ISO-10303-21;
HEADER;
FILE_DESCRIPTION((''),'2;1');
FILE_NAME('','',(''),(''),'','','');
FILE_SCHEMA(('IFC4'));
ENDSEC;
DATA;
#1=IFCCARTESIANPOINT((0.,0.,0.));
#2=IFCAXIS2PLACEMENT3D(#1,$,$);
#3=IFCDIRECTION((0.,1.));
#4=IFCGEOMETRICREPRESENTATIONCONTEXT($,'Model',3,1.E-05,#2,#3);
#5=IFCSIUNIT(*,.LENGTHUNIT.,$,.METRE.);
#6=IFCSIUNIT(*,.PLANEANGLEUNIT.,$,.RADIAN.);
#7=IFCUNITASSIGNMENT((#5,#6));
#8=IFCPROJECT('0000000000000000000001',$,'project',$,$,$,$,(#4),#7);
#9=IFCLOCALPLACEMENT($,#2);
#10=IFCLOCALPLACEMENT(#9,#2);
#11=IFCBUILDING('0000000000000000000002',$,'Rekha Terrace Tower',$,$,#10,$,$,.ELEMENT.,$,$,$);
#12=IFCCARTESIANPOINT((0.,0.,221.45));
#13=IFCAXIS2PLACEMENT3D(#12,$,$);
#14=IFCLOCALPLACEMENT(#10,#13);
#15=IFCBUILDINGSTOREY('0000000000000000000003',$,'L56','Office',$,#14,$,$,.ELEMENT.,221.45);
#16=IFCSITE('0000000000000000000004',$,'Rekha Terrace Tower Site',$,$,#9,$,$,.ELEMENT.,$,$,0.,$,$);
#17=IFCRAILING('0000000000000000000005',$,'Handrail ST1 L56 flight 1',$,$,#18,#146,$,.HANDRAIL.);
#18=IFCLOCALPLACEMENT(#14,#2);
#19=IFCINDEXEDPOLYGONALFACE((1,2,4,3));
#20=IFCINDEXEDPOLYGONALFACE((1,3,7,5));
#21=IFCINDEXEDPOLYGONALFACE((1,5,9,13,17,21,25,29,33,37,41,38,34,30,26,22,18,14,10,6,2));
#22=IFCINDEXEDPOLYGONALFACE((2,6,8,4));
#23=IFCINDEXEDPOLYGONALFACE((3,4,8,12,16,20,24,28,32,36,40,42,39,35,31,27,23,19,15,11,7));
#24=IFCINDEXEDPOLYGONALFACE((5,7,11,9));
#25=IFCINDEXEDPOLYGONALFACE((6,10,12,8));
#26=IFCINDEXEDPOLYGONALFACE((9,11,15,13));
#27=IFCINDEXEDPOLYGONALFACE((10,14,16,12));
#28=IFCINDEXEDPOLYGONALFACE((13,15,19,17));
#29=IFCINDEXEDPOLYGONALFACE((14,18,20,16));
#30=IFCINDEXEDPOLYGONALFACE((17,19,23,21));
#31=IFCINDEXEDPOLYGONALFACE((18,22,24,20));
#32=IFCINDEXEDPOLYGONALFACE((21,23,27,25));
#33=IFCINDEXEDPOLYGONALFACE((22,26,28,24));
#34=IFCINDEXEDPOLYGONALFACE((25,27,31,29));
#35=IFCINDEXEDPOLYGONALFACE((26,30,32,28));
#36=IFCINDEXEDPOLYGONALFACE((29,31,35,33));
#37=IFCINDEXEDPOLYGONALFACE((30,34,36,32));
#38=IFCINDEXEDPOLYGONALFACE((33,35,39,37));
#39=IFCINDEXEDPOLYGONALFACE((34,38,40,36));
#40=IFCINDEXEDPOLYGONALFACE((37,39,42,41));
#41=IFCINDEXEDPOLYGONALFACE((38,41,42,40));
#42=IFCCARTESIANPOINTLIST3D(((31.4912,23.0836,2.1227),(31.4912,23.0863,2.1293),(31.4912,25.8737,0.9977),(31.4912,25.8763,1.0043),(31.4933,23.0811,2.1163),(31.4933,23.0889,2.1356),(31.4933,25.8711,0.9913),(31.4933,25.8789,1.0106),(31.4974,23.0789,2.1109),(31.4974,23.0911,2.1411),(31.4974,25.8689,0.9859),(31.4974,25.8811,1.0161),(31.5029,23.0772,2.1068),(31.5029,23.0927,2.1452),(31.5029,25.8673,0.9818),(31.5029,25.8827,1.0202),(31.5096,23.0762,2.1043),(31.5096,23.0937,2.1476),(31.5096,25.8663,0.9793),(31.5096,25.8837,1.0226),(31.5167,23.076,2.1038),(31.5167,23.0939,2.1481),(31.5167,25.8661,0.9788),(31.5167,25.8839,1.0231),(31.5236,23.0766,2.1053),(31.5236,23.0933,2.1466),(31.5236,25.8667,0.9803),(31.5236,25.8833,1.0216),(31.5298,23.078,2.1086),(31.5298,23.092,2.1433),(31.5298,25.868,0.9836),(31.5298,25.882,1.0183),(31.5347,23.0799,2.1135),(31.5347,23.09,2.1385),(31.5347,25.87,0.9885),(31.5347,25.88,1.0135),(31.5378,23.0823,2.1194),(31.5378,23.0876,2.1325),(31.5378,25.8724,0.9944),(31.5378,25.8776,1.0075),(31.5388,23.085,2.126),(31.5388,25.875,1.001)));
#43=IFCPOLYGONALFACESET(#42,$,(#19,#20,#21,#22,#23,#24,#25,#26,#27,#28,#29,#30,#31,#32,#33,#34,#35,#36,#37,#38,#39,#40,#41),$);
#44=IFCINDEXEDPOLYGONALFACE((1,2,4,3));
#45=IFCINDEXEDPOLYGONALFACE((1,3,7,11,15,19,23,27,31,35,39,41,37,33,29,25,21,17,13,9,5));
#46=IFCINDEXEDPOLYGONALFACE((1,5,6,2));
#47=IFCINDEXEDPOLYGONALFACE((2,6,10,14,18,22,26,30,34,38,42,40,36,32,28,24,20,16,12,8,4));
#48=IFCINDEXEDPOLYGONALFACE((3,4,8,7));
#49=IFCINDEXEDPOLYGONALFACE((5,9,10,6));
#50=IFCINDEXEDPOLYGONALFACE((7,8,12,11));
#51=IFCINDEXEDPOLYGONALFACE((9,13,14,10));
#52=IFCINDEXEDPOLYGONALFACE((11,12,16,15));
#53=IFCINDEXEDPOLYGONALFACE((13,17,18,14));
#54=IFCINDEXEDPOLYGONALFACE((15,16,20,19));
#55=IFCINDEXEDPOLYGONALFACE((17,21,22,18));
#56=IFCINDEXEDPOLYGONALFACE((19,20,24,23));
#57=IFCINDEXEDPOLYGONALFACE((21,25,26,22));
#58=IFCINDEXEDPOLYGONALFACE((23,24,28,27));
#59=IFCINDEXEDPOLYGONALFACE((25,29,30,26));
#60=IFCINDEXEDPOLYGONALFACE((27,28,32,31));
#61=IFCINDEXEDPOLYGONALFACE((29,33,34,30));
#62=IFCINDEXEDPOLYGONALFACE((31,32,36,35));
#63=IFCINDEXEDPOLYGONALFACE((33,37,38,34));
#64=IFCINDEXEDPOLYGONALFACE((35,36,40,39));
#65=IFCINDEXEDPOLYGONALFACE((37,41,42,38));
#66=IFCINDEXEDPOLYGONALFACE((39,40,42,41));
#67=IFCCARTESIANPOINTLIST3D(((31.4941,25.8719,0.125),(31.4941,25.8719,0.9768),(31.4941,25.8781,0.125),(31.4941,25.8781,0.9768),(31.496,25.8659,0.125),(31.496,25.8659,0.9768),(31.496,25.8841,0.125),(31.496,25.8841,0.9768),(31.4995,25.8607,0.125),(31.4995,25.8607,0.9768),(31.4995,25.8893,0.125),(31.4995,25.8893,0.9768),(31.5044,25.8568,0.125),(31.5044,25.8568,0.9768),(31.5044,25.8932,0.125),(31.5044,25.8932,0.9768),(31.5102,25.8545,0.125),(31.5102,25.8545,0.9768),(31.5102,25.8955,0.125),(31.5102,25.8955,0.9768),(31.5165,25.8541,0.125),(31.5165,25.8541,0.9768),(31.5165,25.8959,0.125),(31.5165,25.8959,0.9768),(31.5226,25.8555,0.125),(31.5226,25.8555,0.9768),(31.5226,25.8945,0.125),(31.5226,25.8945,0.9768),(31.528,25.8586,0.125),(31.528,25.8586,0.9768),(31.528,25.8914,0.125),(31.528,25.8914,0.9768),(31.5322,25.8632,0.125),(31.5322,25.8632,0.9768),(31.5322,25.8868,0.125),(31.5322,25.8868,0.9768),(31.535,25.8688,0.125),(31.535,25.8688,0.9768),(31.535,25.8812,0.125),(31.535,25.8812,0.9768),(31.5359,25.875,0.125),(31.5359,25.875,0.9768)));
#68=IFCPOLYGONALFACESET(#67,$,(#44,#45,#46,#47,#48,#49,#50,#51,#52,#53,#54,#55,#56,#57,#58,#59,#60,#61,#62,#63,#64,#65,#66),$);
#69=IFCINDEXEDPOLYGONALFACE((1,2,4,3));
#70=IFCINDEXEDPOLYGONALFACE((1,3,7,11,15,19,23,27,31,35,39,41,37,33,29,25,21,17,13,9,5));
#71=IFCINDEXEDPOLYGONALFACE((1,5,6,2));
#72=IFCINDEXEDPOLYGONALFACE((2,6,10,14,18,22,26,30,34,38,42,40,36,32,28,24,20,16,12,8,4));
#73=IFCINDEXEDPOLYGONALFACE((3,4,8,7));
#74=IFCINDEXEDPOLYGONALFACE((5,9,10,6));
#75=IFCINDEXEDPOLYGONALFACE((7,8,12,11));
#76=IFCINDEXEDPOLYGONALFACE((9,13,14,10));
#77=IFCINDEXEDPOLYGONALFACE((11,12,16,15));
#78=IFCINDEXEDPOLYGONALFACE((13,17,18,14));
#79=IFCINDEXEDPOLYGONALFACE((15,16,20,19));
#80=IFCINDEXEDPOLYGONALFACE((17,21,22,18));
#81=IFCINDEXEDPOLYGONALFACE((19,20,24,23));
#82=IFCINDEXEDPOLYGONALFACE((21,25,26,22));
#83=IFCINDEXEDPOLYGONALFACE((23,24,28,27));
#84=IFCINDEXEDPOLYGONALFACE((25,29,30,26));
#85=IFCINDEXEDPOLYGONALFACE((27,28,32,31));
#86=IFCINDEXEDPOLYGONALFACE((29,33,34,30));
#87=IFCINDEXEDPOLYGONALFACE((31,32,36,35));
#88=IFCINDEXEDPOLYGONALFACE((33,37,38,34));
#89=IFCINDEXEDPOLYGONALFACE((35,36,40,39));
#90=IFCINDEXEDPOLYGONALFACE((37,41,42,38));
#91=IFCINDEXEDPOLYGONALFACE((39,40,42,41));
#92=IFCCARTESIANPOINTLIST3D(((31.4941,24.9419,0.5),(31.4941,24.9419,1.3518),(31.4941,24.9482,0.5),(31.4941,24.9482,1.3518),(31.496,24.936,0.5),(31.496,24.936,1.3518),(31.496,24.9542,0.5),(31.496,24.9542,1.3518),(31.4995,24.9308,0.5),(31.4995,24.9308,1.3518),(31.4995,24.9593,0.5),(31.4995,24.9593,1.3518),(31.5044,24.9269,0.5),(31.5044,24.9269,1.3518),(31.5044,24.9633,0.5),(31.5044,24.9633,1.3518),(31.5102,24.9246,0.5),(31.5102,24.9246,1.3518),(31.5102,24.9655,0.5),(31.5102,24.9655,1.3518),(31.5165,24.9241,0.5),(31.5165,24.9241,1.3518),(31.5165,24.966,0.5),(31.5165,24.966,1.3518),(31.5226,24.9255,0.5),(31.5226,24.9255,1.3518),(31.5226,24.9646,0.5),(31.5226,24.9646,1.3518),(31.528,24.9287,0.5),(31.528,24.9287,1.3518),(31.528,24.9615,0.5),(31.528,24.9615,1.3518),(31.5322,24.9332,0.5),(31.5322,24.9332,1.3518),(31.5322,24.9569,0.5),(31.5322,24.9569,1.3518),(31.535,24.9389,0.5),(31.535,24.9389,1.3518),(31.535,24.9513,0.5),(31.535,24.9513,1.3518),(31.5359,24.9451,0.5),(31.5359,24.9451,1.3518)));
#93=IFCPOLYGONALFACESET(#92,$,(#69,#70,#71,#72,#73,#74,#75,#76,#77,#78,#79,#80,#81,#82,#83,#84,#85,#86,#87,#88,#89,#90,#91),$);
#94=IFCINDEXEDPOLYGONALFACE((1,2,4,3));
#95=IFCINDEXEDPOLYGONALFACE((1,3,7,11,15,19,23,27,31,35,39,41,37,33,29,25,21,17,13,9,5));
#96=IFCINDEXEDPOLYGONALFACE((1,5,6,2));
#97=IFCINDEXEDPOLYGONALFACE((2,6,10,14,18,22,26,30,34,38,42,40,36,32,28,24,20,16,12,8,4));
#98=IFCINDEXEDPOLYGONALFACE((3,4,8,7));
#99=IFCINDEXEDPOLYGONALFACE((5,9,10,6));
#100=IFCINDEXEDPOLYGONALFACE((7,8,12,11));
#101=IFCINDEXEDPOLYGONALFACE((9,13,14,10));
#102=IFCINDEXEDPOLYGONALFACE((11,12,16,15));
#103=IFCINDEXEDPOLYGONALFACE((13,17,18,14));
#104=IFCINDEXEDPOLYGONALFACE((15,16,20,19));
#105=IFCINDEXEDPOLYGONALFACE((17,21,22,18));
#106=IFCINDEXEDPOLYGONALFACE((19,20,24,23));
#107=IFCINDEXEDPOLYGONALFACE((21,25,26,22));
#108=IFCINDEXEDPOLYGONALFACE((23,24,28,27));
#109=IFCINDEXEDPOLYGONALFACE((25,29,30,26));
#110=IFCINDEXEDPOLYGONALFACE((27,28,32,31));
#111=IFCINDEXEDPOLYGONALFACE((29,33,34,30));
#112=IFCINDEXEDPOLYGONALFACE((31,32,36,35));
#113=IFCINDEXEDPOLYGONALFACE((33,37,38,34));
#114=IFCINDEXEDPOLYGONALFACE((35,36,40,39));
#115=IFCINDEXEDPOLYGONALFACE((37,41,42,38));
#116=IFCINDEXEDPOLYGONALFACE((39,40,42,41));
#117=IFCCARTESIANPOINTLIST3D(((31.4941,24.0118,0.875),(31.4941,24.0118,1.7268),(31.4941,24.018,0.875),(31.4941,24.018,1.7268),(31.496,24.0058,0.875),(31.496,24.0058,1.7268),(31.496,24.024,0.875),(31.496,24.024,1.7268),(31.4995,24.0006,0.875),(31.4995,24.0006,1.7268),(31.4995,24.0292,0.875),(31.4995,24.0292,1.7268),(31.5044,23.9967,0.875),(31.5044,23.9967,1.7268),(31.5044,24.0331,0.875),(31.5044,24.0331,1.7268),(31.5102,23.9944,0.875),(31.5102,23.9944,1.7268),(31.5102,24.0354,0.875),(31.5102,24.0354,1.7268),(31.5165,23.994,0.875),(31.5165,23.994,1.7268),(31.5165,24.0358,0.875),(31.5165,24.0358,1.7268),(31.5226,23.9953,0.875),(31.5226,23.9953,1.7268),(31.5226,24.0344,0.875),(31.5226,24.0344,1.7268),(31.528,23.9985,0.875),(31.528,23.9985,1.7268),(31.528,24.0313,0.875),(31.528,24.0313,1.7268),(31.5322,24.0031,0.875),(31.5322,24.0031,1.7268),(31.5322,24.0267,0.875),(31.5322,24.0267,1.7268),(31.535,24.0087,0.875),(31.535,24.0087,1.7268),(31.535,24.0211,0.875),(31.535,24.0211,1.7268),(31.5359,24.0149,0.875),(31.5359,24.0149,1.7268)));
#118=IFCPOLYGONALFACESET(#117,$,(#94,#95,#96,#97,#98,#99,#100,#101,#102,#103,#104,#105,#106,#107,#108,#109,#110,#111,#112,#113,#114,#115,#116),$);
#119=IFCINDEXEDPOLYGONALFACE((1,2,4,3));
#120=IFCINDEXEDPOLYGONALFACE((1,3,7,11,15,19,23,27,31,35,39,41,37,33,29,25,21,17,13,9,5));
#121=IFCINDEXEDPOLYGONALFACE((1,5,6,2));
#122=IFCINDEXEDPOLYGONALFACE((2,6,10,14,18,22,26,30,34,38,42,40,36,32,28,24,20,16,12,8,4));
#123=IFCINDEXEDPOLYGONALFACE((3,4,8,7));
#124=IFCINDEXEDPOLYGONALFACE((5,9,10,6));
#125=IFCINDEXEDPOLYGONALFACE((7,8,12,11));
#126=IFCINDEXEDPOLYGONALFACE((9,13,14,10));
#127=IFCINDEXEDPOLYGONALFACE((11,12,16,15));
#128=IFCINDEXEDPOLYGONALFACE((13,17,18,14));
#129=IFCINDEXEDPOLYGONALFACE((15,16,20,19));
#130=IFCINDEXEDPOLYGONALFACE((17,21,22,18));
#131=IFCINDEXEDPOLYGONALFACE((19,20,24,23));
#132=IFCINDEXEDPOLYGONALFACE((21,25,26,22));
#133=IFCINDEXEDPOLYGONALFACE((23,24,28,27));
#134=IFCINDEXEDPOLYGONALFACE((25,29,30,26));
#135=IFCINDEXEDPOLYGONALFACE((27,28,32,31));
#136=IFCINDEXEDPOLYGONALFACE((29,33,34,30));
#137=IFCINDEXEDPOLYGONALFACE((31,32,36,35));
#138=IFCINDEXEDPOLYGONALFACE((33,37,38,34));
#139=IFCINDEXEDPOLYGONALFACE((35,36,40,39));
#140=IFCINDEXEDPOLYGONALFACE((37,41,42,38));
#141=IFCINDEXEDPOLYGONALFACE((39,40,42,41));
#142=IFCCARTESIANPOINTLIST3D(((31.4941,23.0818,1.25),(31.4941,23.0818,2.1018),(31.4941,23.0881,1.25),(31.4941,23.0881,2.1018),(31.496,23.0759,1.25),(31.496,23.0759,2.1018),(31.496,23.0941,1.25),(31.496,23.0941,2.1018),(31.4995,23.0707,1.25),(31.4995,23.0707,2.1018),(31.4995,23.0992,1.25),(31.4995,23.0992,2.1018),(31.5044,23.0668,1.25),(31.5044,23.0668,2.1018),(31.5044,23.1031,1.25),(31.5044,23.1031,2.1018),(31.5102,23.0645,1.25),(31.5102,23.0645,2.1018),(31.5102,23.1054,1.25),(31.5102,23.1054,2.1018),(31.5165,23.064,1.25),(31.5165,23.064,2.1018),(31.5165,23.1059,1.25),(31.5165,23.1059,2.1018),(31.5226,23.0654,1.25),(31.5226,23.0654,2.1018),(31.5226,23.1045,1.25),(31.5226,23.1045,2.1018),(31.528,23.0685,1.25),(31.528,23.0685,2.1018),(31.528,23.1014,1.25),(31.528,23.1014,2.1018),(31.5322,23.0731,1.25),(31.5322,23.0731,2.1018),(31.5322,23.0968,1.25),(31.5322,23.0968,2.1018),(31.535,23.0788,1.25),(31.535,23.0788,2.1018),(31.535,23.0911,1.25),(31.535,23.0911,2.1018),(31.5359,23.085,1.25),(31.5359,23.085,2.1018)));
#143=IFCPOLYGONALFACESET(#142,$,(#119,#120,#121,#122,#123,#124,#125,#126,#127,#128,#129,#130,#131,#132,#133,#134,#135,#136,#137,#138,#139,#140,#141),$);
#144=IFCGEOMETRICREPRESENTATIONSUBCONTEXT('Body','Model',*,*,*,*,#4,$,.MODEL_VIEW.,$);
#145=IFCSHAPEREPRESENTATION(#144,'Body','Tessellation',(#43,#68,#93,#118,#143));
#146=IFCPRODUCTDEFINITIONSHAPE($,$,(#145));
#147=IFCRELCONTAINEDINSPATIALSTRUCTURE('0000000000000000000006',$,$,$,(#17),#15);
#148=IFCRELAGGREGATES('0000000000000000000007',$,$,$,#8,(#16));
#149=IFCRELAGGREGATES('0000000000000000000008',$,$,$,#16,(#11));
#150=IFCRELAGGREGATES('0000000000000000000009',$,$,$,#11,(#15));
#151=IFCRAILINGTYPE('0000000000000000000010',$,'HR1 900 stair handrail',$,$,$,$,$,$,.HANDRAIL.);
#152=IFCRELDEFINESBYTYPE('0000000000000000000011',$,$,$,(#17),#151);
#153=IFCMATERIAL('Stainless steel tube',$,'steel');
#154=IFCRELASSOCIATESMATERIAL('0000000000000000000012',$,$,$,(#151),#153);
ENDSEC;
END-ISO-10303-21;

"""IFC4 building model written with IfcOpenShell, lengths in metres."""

from ifc_helpers import new_model, si_unit, direction, frame, origin, origin_2d, place, context, subcontext, project, spatial, circle, extrude, material, type_object, element, save


model = new_model("IFC4")

# Units and contexts
model_context = context("Model", 3, precision=1e-05, world=origin(), true_north=direction((0.0, 1.0)))
body_context = subcontext(model_context, "Body", "Model", "MODEL_VIEW")
ifc_project = project(units=[si_unit("LENGTHUNIT", "METRE"), si_unit("PLANEANGLEUNIT", "RADIAN")], contexts=[model_context])

# Site, building, storey
site_placement = place(None, origin())
site = spatial("IfcSite", under=ifc_project, at=site_placement, Name="Rekha Terrace Tower Site", CompositionType="ELEMENT", RefElevation=0.0)
building_placement = place(site_placement, origin())
building = spatial("IfcBuilding", under=site, at=building_placement, Name="Rekha Terrace Tower", CompositionType="ELEMENT")
storey_placement = place(building_placement, frame((0.0, 0.0, 221.45)))
storey = spatial("IfcBuildingStorey", under=building, at=storey_placement, Name="L56", Description="Office", CompositionType="ELEMENT", Elevation=221.45)

# Railing
ifc_material_1 = material(Name="Stainless steel tube", Category="steel")
railing_type_1 = type_object("IfcRailingType", Name="HR1 900 stair handrail", PredefinedType="HANDRAIL", material=ifc_material_1)
railing_1_placement = place(storey_placement, frame((31.5149, 25.875, 0.125)))
element("IfcRailing", 1, at=railing_1_placement, inside=storey, type_object=railing_type_1, Name="Handrail ST1 L56 flight 1", PredefinedType="HANDRAIL", context=body_context, shape_type="SweptSolid", body=[
    extrude(circle(Radius=0.0239, at=origin_2d()), frame((0.0, 0.0, 0.876), z_axis=(0.0, -0.927443, 0.373964), x_axis=(1.0, 0.0, 0.0)), (0.0, 0.0, 1.0), 3.0083),
    extrude(circle(Radius=0.021, at=origin_2d()), origin(), (0.0, 0.0, 1.0), 0.8518),
    extrude(circle(Radius=0.021, at=origin_2d()), frame((0.0, -0.9299, 0.375)), (0.0, 0.0, 1.0), 0.8518),
    extrude(circle(Radius=0.021, at=origin_2d()), frame((0.0, -1.8601, 0.75)), (0.0, 0.0, 1.0), 0.8518),
    extrude(circle(Radius=0.021, at=origin_2d()), frame((0.0, -2.79, 1.125)), (0.0, 0.0, 1.0), 0.8518),
])

save(model, "model.ifc")
